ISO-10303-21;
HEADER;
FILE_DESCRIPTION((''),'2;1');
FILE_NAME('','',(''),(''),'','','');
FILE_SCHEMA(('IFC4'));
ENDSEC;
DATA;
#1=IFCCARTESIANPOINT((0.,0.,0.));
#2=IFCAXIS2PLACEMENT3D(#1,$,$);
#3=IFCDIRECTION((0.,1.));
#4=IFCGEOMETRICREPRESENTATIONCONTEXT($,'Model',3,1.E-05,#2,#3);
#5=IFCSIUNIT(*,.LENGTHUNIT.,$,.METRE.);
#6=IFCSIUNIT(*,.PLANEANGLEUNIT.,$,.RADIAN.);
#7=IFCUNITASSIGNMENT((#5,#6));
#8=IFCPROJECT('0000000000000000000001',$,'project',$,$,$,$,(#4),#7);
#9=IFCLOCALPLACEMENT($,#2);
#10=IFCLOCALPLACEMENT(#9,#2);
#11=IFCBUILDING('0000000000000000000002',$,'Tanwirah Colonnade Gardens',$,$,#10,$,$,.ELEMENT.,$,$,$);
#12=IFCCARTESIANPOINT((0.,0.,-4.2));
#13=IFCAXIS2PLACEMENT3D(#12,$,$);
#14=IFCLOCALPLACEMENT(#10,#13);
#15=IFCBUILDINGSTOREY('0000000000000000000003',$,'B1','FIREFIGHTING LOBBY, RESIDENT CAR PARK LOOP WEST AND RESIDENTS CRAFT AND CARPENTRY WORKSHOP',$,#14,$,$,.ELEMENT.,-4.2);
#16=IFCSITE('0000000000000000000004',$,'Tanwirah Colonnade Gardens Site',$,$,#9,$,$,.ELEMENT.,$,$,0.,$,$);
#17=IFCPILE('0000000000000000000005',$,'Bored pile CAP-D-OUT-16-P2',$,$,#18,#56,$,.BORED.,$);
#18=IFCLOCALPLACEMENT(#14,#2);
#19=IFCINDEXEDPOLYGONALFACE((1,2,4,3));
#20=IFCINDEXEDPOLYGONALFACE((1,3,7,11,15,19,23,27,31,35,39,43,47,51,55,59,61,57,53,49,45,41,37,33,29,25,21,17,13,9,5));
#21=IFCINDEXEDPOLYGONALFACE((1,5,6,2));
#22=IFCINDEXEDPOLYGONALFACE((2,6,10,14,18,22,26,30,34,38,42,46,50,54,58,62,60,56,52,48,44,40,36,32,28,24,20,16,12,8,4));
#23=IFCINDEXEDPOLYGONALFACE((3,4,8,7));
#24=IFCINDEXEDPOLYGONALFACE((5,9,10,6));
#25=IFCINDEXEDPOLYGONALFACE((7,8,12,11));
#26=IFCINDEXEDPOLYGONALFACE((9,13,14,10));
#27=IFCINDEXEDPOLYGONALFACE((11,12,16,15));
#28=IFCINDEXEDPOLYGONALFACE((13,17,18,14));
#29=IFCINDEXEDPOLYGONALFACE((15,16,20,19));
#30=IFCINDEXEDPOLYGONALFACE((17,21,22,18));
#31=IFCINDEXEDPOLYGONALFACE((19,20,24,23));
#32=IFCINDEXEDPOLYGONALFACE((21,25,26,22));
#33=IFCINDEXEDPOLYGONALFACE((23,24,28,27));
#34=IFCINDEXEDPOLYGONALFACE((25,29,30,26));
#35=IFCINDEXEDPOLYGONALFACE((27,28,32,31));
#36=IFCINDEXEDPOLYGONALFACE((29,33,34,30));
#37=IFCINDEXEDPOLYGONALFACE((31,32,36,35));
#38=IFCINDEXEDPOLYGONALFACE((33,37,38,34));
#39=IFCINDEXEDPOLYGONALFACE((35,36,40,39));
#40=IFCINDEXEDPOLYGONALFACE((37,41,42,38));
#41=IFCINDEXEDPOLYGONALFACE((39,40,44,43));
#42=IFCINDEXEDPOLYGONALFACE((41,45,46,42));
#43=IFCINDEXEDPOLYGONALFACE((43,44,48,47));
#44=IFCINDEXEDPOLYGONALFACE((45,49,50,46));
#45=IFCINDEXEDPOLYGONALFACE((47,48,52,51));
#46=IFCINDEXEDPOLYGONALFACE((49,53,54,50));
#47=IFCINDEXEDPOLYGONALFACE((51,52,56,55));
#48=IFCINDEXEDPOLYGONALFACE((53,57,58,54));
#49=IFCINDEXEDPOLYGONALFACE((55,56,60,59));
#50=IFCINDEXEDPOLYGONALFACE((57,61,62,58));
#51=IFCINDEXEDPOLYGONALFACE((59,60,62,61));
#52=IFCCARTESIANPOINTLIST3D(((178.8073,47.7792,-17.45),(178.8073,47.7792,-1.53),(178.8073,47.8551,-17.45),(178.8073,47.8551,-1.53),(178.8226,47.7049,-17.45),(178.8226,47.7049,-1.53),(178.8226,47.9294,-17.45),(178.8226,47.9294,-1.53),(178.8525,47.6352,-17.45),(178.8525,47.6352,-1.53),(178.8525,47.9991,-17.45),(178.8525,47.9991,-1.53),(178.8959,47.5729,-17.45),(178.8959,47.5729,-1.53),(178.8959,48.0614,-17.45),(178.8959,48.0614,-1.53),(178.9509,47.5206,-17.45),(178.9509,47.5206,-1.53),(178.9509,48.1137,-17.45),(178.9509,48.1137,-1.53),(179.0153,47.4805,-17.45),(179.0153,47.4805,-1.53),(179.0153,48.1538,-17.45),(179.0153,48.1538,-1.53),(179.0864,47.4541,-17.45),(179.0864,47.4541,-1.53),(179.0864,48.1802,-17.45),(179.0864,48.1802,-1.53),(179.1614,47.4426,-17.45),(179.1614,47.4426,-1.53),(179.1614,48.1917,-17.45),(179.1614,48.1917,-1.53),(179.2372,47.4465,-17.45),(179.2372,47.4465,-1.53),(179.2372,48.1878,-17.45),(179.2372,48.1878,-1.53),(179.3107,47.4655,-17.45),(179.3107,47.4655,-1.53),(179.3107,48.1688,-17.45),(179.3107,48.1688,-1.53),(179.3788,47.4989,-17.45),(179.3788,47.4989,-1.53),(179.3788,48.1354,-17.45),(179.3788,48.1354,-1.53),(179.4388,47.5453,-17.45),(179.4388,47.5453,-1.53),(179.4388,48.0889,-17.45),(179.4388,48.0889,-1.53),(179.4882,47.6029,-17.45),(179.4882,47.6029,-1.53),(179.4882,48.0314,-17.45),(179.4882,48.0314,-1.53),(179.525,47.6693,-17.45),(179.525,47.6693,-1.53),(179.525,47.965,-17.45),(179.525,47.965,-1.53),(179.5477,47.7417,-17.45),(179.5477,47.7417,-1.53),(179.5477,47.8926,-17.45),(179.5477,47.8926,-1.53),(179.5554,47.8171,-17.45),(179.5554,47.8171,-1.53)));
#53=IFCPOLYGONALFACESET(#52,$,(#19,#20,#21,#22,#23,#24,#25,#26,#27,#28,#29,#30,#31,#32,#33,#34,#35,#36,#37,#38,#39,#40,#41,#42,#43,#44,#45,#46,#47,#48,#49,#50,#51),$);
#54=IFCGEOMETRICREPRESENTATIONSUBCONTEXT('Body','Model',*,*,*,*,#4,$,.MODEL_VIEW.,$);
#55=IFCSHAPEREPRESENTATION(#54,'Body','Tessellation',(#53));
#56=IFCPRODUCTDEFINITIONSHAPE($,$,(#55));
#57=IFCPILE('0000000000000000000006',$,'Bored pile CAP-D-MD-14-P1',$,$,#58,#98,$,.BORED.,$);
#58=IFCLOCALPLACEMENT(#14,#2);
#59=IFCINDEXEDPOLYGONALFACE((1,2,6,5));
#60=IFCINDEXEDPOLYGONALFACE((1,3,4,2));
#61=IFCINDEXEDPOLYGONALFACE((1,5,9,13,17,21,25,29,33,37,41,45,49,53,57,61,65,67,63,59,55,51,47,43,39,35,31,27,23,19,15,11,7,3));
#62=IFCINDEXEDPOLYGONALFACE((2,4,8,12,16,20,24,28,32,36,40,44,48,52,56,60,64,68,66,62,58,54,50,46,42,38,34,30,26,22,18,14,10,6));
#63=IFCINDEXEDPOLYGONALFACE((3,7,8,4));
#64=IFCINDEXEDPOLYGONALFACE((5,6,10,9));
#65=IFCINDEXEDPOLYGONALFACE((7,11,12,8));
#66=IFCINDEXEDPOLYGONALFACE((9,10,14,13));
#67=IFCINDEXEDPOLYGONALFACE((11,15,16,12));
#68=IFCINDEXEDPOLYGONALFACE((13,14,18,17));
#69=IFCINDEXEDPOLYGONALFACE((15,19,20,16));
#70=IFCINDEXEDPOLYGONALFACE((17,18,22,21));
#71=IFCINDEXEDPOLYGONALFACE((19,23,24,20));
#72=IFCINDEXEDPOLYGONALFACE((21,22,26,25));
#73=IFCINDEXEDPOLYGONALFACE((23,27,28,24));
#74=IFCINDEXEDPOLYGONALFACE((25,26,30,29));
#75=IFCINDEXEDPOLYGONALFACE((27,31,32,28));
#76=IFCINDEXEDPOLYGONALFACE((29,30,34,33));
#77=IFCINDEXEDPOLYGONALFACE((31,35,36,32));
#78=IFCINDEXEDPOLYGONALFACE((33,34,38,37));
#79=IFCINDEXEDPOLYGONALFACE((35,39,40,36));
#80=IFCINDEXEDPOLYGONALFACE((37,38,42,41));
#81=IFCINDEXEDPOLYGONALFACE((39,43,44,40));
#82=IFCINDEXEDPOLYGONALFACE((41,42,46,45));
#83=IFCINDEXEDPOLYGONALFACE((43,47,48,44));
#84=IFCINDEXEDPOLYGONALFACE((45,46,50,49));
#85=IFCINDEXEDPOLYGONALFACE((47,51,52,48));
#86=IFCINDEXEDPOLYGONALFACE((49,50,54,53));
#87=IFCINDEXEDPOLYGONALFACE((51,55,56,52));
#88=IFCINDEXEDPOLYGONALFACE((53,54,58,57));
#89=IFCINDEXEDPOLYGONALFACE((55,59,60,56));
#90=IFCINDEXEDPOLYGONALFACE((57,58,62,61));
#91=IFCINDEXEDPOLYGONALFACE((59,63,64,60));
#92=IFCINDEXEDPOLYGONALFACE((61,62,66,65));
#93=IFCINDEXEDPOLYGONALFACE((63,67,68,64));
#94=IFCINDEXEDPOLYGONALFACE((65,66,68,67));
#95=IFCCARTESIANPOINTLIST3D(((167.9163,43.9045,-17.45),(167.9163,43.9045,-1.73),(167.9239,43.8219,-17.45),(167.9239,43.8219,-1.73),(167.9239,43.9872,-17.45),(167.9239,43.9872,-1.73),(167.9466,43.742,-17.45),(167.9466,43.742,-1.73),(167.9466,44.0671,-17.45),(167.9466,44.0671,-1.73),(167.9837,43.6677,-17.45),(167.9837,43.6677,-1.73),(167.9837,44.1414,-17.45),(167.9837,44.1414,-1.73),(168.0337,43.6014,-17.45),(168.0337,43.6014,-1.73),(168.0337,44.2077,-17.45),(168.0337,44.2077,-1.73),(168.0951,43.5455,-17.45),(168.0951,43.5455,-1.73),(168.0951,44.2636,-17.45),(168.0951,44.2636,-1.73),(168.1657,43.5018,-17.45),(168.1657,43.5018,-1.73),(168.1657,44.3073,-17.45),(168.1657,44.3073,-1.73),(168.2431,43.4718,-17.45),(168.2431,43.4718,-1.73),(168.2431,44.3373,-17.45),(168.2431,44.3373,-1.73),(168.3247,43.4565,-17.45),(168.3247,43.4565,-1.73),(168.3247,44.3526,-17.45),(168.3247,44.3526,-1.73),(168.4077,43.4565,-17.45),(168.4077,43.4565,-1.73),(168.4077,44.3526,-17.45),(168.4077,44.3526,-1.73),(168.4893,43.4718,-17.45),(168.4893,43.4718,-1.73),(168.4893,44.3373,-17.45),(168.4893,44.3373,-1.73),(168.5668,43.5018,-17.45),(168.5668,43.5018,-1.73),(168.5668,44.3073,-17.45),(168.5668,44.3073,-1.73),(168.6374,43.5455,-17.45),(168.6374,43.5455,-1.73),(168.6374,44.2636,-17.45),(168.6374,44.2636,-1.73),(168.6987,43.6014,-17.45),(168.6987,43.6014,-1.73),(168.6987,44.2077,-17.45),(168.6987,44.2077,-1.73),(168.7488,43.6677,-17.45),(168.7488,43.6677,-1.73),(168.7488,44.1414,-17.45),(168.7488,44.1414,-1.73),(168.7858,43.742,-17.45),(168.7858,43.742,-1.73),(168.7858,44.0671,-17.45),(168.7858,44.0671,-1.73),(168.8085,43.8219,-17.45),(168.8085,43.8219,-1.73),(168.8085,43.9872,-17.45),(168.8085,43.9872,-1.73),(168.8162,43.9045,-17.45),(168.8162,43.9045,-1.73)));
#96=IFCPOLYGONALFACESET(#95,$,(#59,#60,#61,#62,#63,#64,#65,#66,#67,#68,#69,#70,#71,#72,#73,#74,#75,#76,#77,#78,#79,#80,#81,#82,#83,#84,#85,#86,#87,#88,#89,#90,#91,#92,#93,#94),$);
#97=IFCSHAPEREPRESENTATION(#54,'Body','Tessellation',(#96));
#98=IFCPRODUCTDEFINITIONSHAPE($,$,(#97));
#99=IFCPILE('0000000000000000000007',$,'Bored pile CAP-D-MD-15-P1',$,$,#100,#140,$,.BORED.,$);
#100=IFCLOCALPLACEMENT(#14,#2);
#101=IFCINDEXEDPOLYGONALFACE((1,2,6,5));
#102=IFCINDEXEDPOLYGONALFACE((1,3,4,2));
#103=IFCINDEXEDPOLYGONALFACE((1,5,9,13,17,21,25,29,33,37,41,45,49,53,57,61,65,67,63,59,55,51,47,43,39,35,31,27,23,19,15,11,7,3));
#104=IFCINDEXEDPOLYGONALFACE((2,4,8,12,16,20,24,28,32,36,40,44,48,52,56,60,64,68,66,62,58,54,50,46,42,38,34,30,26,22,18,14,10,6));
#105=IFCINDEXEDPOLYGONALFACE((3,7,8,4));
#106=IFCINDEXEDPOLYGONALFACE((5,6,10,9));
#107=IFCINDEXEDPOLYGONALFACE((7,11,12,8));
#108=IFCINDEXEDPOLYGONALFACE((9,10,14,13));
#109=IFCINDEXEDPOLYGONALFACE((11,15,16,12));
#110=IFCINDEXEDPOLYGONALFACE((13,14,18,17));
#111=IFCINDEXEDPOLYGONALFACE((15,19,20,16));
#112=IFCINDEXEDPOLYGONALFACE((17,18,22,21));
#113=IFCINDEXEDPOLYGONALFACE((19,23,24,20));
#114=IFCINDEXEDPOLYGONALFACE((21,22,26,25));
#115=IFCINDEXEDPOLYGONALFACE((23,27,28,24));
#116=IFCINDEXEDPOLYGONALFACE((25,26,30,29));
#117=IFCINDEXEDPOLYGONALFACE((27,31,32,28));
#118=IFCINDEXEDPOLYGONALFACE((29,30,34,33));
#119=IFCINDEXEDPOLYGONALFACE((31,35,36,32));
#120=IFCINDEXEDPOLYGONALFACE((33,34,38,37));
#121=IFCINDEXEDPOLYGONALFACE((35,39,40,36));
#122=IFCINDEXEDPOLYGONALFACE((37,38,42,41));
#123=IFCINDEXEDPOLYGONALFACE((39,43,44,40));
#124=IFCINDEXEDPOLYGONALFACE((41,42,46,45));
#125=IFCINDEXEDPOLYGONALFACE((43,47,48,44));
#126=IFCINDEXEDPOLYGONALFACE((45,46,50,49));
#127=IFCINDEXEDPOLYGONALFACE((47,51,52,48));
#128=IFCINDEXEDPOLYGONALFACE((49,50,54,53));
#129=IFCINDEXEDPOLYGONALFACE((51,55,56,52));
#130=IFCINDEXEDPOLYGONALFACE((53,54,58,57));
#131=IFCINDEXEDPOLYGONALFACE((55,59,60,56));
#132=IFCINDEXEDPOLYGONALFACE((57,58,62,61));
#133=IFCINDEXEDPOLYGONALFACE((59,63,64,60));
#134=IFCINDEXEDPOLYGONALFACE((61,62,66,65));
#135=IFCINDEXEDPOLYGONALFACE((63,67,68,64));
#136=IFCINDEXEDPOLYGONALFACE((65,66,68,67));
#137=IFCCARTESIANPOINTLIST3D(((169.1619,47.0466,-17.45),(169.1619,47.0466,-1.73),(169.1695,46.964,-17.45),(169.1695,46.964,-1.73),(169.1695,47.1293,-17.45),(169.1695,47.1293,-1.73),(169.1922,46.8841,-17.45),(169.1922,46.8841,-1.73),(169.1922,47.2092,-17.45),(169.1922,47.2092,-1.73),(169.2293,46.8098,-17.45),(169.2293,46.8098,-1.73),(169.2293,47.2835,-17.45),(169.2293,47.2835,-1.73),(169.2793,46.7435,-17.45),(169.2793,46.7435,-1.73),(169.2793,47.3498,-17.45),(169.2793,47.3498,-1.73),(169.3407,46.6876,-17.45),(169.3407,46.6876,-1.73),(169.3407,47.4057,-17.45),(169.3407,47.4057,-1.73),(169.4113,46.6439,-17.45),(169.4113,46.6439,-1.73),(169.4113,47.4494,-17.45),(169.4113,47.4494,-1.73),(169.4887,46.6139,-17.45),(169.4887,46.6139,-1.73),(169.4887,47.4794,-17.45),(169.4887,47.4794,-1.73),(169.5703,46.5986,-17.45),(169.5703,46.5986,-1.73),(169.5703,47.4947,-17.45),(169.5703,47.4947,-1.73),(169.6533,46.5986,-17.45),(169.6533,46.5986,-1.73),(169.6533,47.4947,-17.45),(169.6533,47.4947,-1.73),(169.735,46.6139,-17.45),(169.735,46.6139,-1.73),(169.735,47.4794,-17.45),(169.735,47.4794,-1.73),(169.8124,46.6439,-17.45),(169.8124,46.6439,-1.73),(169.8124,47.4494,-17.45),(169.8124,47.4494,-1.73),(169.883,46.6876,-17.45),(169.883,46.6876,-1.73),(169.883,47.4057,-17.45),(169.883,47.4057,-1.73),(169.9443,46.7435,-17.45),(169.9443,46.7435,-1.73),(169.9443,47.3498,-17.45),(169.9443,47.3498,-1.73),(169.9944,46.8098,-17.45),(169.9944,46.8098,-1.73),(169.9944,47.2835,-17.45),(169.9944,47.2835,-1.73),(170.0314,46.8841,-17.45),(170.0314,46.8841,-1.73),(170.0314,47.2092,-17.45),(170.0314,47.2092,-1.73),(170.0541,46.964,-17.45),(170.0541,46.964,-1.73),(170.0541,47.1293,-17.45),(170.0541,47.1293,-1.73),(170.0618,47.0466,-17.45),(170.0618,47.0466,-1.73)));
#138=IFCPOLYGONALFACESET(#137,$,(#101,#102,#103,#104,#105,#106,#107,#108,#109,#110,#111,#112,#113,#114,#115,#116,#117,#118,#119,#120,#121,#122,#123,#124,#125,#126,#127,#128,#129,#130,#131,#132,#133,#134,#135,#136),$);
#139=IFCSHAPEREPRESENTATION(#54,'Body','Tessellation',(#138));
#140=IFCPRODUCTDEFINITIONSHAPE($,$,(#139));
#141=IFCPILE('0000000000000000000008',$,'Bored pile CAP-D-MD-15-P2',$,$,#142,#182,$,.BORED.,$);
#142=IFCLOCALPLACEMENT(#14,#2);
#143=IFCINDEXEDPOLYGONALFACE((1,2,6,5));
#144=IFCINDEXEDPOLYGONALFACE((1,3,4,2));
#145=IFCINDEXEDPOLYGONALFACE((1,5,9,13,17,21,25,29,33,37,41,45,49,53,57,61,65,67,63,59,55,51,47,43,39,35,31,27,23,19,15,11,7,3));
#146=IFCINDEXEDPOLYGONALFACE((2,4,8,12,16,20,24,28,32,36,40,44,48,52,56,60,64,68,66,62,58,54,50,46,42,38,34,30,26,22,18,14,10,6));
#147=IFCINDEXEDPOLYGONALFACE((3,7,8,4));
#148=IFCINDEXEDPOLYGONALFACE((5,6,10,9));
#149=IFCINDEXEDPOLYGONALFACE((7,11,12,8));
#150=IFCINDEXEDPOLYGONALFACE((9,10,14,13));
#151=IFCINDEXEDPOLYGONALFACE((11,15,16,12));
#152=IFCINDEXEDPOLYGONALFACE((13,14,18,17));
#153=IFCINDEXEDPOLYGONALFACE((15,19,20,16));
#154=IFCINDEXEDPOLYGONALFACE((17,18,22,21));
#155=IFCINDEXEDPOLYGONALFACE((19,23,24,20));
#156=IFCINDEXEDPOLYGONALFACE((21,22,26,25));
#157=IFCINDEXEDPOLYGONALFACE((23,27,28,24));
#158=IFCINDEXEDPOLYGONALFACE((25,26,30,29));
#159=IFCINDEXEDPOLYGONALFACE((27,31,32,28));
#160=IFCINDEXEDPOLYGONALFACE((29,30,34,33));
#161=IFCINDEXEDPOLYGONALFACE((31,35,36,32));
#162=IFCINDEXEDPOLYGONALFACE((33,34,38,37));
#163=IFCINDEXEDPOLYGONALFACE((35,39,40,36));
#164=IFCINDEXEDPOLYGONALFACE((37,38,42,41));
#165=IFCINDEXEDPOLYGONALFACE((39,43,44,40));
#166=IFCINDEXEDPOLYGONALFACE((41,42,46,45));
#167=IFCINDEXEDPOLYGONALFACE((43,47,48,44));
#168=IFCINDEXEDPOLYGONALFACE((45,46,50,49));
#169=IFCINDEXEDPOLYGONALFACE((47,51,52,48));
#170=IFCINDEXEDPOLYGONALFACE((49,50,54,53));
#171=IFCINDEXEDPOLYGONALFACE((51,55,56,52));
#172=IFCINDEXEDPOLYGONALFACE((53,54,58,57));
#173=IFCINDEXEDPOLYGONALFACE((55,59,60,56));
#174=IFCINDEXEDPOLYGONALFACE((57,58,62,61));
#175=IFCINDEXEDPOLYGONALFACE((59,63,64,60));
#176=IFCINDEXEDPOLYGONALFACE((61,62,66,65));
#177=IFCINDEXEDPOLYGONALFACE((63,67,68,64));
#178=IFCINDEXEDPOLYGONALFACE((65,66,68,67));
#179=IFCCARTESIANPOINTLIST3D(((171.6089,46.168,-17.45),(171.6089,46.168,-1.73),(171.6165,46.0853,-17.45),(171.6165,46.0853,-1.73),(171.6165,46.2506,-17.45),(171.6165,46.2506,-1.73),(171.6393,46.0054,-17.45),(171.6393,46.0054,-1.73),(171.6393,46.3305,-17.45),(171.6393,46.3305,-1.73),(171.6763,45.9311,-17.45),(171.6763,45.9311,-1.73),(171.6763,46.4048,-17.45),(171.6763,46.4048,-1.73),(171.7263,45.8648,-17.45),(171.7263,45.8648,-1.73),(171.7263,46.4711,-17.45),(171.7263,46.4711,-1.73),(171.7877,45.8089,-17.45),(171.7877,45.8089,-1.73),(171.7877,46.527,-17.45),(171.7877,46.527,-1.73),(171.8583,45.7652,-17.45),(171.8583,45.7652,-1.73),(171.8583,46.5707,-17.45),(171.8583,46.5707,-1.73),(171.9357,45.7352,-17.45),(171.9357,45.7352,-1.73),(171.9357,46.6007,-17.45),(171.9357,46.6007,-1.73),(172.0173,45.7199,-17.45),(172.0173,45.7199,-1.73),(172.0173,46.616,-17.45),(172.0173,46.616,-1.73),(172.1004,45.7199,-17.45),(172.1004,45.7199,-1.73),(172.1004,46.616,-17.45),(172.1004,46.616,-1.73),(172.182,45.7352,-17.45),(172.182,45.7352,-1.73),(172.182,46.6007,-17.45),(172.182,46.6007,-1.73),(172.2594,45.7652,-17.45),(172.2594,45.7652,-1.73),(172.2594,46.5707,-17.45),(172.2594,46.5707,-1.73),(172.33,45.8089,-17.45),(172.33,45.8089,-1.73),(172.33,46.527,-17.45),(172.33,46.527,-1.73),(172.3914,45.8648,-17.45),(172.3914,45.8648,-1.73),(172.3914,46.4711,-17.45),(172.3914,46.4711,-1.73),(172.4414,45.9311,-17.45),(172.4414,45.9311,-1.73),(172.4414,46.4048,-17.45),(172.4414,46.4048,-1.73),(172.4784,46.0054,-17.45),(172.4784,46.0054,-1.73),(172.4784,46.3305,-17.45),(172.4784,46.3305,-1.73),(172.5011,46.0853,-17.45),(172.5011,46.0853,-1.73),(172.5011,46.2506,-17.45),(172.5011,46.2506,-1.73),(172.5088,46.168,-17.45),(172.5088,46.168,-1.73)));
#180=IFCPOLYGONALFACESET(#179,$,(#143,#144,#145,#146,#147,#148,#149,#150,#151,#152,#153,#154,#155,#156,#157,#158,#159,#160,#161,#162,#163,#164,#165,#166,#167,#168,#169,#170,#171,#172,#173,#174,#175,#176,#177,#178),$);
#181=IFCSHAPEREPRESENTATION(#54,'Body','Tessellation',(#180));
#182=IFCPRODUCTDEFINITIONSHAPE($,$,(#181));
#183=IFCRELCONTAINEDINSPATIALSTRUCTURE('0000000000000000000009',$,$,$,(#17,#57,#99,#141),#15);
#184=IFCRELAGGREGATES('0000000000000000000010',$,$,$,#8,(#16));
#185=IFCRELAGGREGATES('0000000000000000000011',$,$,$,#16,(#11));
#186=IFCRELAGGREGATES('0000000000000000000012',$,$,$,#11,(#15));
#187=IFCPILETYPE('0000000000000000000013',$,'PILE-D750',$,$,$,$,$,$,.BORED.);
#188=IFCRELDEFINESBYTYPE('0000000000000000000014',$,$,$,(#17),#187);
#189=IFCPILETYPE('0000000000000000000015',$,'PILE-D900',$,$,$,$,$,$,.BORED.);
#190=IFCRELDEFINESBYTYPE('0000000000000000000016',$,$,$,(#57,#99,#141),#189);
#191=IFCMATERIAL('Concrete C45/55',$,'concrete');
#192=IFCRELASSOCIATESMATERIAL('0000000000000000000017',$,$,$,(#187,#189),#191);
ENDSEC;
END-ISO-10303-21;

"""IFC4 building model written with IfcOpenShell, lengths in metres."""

from ifc_helpers import new_model, si_unit, direction, frame, origin, origin_2d, place, context, subcontext, project, spatial, circle, extrude, material, material_profile, profile_set, type_object, element, save


model = new_model("IFC4")

# Units and contexts
model_context = context("Model", 3, precision=1e-05, world=origin(), true_north=direction((0.0, 1.0)))
body_context = subcontext(model_context, "Body", "Model", "MODEL_VIEW")
ifc_project = project(units=[si_unit("LENGTHUNIT", "METRE"), si_unit("PLANEANGLEUNIT", "RADIAN")], contexts=[model_context])

# Site, building, storey
site_placement = place(None, origin())
site = spatial("IfcSite", under=ifc_project, at=site_placement, Name="Tanwirah Colonnade Gardens Site", CompositionType="ELEMENT", RefElevation=0.0)
building_placement = place(site_placement, origin())
building = spatial("IfcBuilding", under=site, at=building_placement, Name="Tanwirah Colonnade Gardens", CompositionType="ELEMENT")
storey_placement = place(building_placement, frame((0.0, 0.0, -4.2)))
storey = spatial("IfcBuildingStorey", under=building, at=storey_placement, Name="B1", Description="FIREFIGHTING LOBBY, RESIDENT CAR PARK LOOP WEST AND RESIDENTS CRAFT AND CARPENTRY WORKSHOP", CompositionType="ELEMENT", Elevation=-4.2)

# Shared definitions
ifc_material_1 = material(Name="Concrete C45/55", Category="concrete")

# Piles
ifc_material_profile_1 = material_profile(ifc_material_1, circle(Radius=0.375, at=origin_2d()), Name="PILE D750")
ifc_profile_set_1 = profile_set([ifc_material_profile_1], Name="Concrete C45/55")
pile_type_1 = type_object("IfcPileType", Name="PILE-D750", PredefinedType="BORED", material=ifc_profile_set_1)
for number, where, z_axis, x_axis, name in (
    (1, (179.1804, 47.8171, -1.53), (0.0, 0.0, -1.0), (1.0, 0.0, 0.0), "Bored pile CAP-D-OUT-16-P2"),
):
    element("IfcPile", number, at=place(storey_placement, frame(where, z_axis=z_axis, x_axis=x_axis)), inside=storey, type_object=pile_type_1, Name=name, PredefinedType="BORED", context=body_context, shape_type="SweptSolid", body=[
        extrude(circle(Radius=0.375, at=origin_2d()), origin(), (0.0, 0.0, 1.0), 15.9199),
    ])
ifc_material_profile_2 = material_profile(ifc_material_1, circle(Radius=0.45, at=origin_2d()), Name="PILE D900")
ifc_profile_set_2 = profile_set([ifc_material_profile_2], Name="Concrete C45/55")
pile_type_2 = type_object("IfcPileType", Name="PILE-D900", PredefinedType="BORED", material=ifc_profile_set_2)
for number, where, z_axis, x_axis, name in (
    (2, (168.3662, 43.9045, -1.73), (0.0, 0.0, -1.0), (1.0, 0.0, 0.0), "Bored pile CAP-D-MD-14-P1"),
    (3, (169.6118, 47.0466, -1.73), (0.0, 0.0, -1.0), (1.0, 0.0, 0.0), "Bored pile CAP-D-MD-15-P1"),
    (4, (172.0588, 46.168, -1.73), (0.0, 0.0, -1.0), (1.0, 0.0, 0.0), "Bored pile CAP-D-MD-15-P2"),
):
    element("IfcPile", number, at=place(storey_placement, frame(where, z_axis=z_axis, x_axis=x_axis)), inside=storey, type_object=pile_type_2, Name=name, PredefinedType="BORED", context=body_context, shape_type="SweptSolid", body=[
        extrude(circle(Radius=0.45, at=origin_2d()), origin(), (0.0, 0.0, 1.0), 15.72),
    ])

save(model, "model.ifc")
